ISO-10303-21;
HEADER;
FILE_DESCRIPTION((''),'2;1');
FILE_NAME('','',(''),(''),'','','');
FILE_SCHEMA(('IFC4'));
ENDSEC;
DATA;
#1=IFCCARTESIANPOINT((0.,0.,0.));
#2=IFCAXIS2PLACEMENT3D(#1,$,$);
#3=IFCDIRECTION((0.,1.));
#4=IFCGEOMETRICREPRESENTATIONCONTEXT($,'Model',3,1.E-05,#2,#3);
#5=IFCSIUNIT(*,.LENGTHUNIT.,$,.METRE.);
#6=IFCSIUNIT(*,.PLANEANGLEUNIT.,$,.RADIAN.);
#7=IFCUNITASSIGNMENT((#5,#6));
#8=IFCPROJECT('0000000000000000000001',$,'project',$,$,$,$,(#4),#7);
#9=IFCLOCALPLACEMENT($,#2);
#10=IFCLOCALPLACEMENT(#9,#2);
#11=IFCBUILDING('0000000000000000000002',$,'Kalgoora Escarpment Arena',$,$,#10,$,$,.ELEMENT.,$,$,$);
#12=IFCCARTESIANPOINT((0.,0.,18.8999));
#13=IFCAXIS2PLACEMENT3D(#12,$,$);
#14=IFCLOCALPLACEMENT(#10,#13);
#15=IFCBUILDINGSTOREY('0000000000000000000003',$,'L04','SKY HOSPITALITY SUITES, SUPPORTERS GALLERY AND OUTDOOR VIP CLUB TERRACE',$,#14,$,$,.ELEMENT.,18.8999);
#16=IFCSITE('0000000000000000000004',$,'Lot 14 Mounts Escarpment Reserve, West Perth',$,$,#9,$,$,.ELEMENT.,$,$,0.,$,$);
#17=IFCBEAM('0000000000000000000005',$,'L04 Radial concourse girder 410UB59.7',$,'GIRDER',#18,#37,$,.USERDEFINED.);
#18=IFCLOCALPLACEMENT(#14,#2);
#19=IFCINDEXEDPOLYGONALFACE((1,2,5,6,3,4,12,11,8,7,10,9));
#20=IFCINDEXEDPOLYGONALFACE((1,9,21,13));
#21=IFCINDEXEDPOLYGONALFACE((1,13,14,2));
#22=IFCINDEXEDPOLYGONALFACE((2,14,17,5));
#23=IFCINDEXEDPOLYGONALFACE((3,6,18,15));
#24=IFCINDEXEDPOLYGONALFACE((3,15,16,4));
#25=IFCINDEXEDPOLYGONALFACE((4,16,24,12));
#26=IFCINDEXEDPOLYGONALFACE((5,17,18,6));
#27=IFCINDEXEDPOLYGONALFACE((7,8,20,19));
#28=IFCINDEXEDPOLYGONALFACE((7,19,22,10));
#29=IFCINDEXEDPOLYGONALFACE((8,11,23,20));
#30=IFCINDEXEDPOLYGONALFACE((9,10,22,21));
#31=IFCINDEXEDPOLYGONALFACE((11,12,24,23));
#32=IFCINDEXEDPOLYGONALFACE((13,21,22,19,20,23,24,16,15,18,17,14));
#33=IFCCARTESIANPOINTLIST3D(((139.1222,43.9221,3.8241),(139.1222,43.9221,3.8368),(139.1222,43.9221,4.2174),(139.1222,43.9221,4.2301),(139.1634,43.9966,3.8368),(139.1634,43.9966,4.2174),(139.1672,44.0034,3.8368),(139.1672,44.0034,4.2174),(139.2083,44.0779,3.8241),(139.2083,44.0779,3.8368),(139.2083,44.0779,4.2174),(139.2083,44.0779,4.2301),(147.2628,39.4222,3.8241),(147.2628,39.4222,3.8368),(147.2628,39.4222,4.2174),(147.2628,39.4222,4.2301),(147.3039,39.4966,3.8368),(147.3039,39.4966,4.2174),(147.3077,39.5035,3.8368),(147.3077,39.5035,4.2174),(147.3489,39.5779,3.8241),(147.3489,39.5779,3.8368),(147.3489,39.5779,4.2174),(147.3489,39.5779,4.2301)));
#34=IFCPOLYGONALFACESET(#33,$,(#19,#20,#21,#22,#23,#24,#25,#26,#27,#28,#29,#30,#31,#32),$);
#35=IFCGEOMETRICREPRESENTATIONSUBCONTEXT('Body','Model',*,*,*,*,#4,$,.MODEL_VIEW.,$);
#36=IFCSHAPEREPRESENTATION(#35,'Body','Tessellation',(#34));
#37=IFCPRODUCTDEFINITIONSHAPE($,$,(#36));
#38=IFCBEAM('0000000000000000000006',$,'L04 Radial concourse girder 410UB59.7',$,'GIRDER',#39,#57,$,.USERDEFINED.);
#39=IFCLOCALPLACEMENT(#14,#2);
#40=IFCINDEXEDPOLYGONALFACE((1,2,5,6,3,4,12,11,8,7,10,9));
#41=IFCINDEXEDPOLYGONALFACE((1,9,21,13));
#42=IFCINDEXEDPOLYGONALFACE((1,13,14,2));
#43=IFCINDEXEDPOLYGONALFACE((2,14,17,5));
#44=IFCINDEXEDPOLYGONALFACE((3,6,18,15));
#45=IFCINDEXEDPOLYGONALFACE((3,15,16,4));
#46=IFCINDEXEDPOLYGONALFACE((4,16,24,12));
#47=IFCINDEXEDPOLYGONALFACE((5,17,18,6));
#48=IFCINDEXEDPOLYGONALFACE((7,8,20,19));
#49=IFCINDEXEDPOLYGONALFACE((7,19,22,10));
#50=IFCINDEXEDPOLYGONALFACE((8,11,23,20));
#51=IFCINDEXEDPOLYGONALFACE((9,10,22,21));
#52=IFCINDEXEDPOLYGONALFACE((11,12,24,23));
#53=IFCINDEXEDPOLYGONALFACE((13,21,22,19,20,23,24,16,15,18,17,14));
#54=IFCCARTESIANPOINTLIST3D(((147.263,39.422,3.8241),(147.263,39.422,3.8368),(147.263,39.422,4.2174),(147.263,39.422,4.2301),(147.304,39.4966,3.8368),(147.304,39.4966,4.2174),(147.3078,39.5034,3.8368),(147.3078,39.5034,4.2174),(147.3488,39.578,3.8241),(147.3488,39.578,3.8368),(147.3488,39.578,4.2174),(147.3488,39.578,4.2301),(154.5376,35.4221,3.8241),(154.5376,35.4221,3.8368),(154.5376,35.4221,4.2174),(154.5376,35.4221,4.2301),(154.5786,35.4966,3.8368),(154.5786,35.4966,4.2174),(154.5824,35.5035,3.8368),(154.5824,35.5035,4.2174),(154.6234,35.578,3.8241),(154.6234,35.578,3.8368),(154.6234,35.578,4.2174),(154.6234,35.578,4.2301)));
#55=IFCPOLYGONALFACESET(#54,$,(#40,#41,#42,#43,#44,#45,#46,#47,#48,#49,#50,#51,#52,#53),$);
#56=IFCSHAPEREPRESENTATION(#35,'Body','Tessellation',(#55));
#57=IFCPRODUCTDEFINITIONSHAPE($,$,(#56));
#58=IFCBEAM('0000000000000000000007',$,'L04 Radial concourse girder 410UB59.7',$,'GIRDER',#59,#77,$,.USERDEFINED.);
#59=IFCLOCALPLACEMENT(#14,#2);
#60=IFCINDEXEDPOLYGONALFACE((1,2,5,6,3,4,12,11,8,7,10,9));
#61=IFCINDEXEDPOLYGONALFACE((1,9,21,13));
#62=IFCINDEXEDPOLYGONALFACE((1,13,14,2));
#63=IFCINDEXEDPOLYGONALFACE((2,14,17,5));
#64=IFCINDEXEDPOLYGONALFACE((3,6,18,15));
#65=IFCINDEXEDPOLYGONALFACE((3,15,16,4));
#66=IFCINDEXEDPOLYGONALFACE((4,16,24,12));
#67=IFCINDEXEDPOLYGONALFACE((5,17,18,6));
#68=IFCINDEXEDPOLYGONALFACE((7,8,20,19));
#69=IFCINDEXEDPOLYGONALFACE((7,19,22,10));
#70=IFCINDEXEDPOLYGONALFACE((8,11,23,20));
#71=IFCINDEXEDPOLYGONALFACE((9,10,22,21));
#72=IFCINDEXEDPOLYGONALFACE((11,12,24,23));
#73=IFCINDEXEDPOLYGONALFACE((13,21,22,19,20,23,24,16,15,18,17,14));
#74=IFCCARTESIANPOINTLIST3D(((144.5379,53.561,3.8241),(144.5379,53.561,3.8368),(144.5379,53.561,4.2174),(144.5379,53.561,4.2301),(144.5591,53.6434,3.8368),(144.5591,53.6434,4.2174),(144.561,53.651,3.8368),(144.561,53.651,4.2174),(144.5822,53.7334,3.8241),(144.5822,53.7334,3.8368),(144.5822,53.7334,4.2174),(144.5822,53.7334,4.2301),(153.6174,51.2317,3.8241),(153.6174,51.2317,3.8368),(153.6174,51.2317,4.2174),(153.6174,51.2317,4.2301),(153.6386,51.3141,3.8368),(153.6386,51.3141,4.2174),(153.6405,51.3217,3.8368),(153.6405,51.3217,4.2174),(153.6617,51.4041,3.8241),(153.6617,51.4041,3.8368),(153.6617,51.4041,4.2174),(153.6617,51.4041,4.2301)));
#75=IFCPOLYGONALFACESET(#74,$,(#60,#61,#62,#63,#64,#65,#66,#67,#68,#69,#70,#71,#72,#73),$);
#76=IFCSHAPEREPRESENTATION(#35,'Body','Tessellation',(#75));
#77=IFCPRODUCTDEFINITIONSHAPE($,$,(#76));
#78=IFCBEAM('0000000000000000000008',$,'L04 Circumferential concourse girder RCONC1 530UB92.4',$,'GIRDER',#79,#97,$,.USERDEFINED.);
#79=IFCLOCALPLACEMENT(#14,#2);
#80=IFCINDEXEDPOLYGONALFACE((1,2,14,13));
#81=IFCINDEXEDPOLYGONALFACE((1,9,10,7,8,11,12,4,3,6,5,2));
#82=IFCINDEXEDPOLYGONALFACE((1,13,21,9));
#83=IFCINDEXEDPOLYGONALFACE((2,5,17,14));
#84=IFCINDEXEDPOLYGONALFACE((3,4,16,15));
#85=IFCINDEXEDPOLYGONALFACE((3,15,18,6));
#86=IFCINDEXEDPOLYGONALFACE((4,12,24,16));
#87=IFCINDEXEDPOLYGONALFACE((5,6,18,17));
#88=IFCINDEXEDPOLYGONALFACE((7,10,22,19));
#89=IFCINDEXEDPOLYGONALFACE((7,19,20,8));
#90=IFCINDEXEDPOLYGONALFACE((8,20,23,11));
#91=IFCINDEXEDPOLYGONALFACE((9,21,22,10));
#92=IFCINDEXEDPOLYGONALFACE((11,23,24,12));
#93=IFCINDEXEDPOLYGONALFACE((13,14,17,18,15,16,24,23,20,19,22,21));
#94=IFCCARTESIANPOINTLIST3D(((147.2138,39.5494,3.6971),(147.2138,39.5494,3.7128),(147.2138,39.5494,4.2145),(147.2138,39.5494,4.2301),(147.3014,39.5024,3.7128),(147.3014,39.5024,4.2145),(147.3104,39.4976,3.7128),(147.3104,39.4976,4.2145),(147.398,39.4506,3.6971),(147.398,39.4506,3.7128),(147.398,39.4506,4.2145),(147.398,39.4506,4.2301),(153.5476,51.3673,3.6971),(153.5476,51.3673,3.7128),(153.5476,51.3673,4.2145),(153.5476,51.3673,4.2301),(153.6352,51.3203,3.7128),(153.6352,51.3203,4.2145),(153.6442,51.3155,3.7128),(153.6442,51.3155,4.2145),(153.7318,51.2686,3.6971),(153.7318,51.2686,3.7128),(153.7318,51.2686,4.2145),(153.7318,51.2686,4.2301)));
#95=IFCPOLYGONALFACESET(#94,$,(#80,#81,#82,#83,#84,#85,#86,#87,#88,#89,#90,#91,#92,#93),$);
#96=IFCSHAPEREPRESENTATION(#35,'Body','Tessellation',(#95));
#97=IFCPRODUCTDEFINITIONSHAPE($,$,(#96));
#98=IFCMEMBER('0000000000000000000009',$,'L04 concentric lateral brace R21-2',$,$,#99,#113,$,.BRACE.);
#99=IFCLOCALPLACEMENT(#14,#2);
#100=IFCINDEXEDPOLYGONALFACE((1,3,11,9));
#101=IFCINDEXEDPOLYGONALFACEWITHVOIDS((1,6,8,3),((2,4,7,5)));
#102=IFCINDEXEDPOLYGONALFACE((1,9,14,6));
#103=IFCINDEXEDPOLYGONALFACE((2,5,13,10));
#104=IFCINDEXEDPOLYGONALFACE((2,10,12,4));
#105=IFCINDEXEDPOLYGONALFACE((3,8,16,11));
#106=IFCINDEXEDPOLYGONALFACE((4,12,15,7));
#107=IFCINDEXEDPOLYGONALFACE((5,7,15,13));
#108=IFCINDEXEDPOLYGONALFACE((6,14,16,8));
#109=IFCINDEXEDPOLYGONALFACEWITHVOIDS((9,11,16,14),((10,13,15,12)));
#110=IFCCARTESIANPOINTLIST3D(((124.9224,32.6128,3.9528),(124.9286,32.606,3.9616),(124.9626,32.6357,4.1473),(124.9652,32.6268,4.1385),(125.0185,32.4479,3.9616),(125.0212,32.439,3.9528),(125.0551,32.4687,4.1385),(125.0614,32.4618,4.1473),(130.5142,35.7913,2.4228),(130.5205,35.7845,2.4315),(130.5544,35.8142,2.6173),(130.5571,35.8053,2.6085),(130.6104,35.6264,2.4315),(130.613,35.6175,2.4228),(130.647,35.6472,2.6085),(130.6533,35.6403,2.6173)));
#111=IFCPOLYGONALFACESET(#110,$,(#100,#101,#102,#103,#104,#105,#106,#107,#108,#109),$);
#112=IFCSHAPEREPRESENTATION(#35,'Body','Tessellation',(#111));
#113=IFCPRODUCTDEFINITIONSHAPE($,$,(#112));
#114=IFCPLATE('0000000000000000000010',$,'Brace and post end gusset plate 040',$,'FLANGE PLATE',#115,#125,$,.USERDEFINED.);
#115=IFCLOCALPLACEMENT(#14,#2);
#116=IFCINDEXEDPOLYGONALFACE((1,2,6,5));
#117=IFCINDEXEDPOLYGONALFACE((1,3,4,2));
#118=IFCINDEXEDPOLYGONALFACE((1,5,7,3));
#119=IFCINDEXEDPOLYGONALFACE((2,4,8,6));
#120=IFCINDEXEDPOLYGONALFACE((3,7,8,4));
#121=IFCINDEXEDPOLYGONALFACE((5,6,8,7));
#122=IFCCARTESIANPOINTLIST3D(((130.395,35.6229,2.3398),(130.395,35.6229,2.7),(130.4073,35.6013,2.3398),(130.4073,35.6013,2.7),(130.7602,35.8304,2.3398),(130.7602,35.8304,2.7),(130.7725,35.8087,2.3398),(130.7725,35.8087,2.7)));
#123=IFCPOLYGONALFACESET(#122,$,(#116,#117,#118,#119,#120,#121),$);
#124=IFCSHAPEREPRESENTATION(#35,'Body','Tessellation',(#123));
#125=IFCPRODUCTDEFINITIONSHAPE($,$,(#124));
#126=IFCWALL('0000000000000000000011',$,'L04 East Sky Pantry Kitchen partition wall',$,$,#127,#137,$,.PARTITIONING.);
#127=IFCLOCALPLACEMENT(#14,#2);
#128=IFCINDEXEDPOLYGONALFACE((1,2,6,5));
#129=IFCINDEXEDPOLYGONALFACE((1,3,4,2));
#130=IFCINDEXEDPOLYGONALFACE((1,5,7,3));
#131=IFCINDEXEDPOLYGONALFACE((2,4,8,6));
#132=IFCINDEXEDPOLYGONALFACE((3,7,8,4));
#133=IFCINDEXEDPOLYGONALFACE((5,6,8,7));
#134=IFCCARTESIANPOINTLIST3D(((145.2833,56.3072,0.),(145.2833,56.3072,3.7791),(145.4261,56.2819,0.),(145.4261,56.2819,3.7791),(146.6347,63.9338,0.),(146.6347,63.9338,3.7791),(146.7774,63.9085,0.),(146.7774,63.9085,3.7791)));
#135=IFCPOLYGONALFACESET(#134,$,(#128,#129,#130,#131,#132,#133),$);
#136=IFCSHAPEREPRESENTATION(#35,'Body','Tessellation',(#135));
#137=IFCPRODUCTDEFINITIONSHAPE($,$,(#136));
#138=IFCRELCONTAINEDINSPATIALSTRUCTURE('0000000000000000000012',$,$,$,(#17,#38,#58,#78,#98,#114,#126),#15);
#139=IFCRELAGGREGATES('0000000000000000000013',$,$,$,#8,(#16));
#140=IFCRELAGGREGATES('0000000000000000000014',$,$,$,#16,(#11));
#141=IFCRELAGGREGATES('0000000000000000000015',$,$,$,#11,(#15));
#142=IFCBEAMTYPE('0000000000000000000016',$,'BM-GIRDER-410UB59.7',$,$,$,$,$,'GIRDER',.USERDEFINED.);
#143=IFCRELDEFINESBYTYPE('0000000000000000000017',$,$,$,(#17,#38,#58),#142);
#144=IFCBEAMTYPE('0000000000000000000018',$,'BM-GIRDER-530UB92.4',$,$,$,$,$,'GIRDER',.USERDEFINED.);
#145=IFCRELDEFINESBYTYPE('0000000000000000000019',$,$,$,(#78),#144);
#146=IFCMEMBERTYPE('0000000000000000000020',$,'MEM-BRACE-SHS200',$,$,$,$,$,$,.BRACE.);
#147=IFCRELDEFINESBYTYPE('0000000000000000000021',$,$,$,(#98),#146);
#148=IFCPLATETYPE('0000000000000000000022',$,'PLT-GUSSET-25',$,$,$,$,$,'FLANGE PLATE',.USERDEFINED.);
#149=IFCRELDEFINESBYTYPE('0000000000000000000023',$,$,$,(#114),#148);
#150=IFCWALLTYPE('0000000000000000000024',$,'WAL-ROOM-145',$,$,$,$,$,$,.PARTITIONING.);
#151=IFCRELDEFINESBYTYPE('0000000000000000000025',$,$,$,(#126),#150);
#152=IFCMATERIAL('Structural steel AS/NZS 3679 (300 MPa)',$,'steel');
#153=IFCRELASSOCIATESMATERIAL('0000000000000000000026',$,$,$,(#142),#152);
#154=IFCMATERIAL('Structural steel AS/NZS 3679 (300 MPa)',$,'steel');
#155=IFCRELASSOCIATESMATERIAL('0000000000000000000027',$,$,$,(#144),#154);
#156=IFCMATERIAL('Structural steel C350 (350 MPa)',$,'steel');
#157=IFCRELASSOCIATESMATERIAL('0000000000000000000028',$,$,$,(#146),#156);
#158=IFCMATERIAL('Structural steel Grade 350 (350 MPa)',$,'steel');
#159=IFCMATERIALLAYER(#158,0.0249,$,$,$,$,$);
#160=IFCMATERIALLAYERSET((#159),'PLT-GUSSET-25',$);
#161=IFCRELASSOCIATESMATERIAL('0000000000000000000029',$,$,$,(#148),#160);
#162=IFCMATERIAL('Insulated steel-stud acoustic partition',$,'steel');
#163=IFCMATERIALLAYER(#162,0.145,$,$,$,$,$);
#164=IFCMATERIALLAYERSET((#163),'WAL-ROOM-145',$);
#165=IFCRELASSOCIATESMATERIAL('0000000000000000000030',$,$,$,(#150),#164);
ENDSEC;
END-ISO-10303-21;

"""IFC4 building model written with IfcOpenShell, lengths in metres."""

from ifc_helpers import new_model, si_unit, direction, frame, frame_2d, origin, origin_2d, place, context, subcontext, project, spatial, rectangle, hollow_rectangle, i_section, extrude, material, layer, layer_set, material_profile, profile_set, type_object, element, save


model = new_model("IFC4")

# Units and contexts
model_context = context("Model", 3, precision=1e-05, world=origin(), true_north=direction((0.0, 1.0)))
body_context = subcontext(model_context, "Body", "Model", "MODEL_VIEW")
ifc_project = project(units=[si_unit("LENGTHUNIT", "METRE"), si_unit("PLANEANGLEUNIT", "RADIAN")], contexts=[model_context])

# Site, building, storey
site_placement = place(None, origin())
site = spatial("IfcSite", under=ifc_project, at=site_placement, Name="Lot 14 Mounts Escarpment Reserve, West Perth", CompositionType="ELEMENT", RefElevation=0.0)
building_placement = place(site_placement, origin())
building = spatial("IfcBuilding", under=site, at=building_placement, Name="Kalgoora Escarpment Arena", CompositionType="ELEMENT")
storey_placement = place(building_placement, frame((0.0, 0.0, 18.8999)))
storey = spatial("IfcBuildingStorey", under=building, at=storey_placement, Name="L04", Description="SKY HOSPITALITY SUITES, SUPPORTERS GALLERY AND OUTDOOR VIP CLUB TERRACE", CompositionType="ELEMENT", Elevation=18.8999)

# Beams
ifc_material_1 = material(Name="Structural steel AS/NZS 3679 (300 MPa)", Category="steel")
ifc_material_profile_1 = material_profile(ifc_material_1, i_section(OverallWidth=0.178, OverallDepth=0.406, WebThickness=0.0078, FlangeThickness=0.0127, at=origin_2d()))
ifc_profile_set_1 = profile_set([ifc_material_profile_1], Name="Structural steel AS/NZS 3679 (300 MPa)")
beam_type_1 = type_object("IfcBeamType", Name="BM-GIRDER-410UB59.7", ElementType="GIRDER", PredefinedType="USERDEFINED", material=ifc_profile_set_1)
beam_1_placement = place(storey_placement, frame((139.1653, 44.0, 4.0271), z_axis=(0.875185, -0.483788, 0.0), x_axis=(0.483788, 0.875185, 0.0)))
element("IfcBeam", 1, at=beam_1_placement, inside=storey, type_object=beam_type_1, Name="L04 Radial concourse girder 410UB59.7", ObjectType="GIRDER", PredefinedType="USERDEFINED", context=body_context, shape_type="SweptSolid", body=[
    extrude(i_section(OverallWidth=0.178, OverallDepth=0.406, WebThickness=0.0078, FlangeThickness=0.0127, at=origin_2d()), origin(), (0.0, 0.0, 1.0), 9.3015),
])
beam_2_placement = place(storey_placement, frame((147.3059, 39.5, 4.0271), z_axis=(0.87627, -0.481821, 0.0), x_axis=(0.481821, 0.87627, 0.0)))
element("IfcBeam", 2, at=beam_2_placement, inside=storey, type_object=beam_type_1, Name="L04 Radial concourse girder 410UB59.7", ObjectType="GIRDER", PredefinedType="USERDEFINED", context=body_context, shape_type="SweptSolid", body=[
    extrude(i_section(OverallWidth=0.178, OverallDepth=0.406, WebThickness=0.0078, FlangeThickness=0.0127, at=origin_2d()), origin(), (0.0, 0.0, 1.0), 8.3018),
])
beam_3_placement = place(storey_placement, frame((144.5601, 53.6472, 4.0271), z_axis=(0.968632, -0.2485, 0.0), x_axis=(0.2485, 0.968632, 0.0)))
element("IfcBeam", 3, at=beam_3_placement, inside=storey, type_object=beam_type_1, Name="L04 Radial concourse girder 410UB59.7", ObjectType="GIRDER", PredefinedType="USERDEFINED", context=body_context, shape_type="SweptSolid", body=[
    extrude(i_section(OverallWidth=0.178, OverallDepth=0.406, WebThickness=0.0078, FlangeThickness=0.0127, at=origin_2d()), origin(), (0.0, 0.0, 1.0), 9.3735),
])
ifc_material_2 = material(Name="Structural steel AS/NZS 3679 (300 MPa)", Category="steel")
ifc_material_profile_2 = material_profile(ifc_material_2, i_section(OverallWidth=0.209, OverallDepth=0.533, WebThickness=0.0103, FlangeThickness=0.0156, at=origin_2d()))
ifc_profile_set_2 = profile_set([ifc_material_profile_2], Name="Structural steel AS/NZS 3679 (300 MPa)")
beam_type_2 = type_object("IfcBeamType", Name="BM-GIRDER-530UB92.4", ElementType="GIRDER", PredefinedType="USERDEFINED", material=ifc_profile_set_2)
beam_4_placement = place(storey_placement, frame((147.3059, 39.5, 3.9636), z_axis=(0.47238, 0.881395, 0.0), x_axis=(-0.881395, 0.47238, 0.0)))
element("IfcBeam", 4, at=beam_4_placement, inside=storey, type_object=beam_type_2, Name="L04 Circumferential concourse girder RCONC1 530UB92.4", ObjectType="GIRDER", PredefinedType="USERDEFINED", context=body_context, shape_type="SweptSolid", body=[
    extrude(i_section(OverallWidth=0.209, OverallDepth=0.533, WebThickness=0.0103, FlangeThickness=0.0156, at=origin_2d()), origin(), (0.0, 0.0, 1.0), 13.4082),
])

# Member
ifc_material_3 = material(Name="Structural steel C350 (350 MPa)", Category="steel")
ifc_material_profile_3 = material_profile(ifc_material_3, hollow_rectangle(XDim=0.2, YDim=0.2, WallThickness=0.009, at=origin_2d()))
ifc_profile_set_3 = profile_set([ifc_material_profile_3], Name="Structural steel C350 (350 MPa)")
member_type = type_object("IfcMemberType", Name="MEM-BRACE-SHS200", PredefinedType="BRACE", material=ifc_profile_set_3)
member_placement = place(storey_placement, frame((130.5837, 35.7158, 2.52), z_axis=(-0.845769, -0.480749, 0.23142), x_axis=(0.494163, -0.869369, 0.0)))
element("IfcMember", 5, at=member_placement, inside=storey, type_object=member_type, Name="L04 concentric lateral brace R21-2", PredefinedType="BRACE", context=body_context, shape_type="SweptSolid", body=[
    extrude(hollow_rectangle(XDim=0.2, YDim=0.2, WallThickness=0.009, at=origin_2d()), origin(), (0.0, 0.0, 1.0), 6.6116),
])

# Plate
ifc_material_4 = material(Name="Structural steel Grade 350 (350 MPa)", Category="steel")
ifc_layer_1 = layer(ifc_material_4, 0.0249)
ifc_layer_set_1 = layer_set([ifc_layer_1], Name="PLT-GUSSET-25")
plate_type = type_object("IfcPlateType", Name="PLT-GUSSET-25", ElementType="FLANGE PLATE", PredefinedType="USERDEFINED", material=ifc_layer_set_1)
plate_placement = place(storey_placement, frame((130.5837, 35.7158, 2.3398), z_axis=(0.0, 0.0, 1.0), x_axis=(-0.869495, -0.493942, 0.0)))
element("IfcPlate", 6, at=plate_placement, inside=storey, type_object=plate_type, Name="Brace and post end gusset plate 040", ObjectType="FLANGE PLATE", PredefinedType="USERDEFINED", context=body_context, shape_type="SweptSolid", body=[
    extrude(rectangle(XDim=0.4199, YDim=0.0249, at=origin_2d()), origin(), (0.0, 0.0, 1.0), 0.3601),
])

# Wall
ifc_material_5 = material(Name="Insulated steel-stud acoustic partition", Category="steel")
ifc_layer_2 = layer(ifc_material_5, 0.145)
ifc_layer_set_2 = layer_set([ifc_layer_2], Name="WAL-ROOM-145")
wall_type = type_object("IfcWallType", Name="WAL-ROOM-145", PredefinedType="PARTITIONING", material=ifc_layer_set_2)
wall_placement = place(storey_placement, frame((145.3547, 56.2947, 0.0), z_axis=(0.0, 0.0, 1.0), x_axis=(0.17447, 0.984662, 0.0)))
element("IfcWall", 7, at=wall_placement, inside=storey, type_object=wall_type, Name="L04 East Sky Pantry Kitchen partition wall", PredefinedType="PARTITIONING", context=body_context, shape_type="SweptSolid", body=[
    extrude(rectangle(XDim=7.7454, YDim=0.145, at=frame_2d((3.8726, 0.0))), origin(), (0.0, 0.0, 1.0), 3.7791),
])

save(model, "model.ifc")
